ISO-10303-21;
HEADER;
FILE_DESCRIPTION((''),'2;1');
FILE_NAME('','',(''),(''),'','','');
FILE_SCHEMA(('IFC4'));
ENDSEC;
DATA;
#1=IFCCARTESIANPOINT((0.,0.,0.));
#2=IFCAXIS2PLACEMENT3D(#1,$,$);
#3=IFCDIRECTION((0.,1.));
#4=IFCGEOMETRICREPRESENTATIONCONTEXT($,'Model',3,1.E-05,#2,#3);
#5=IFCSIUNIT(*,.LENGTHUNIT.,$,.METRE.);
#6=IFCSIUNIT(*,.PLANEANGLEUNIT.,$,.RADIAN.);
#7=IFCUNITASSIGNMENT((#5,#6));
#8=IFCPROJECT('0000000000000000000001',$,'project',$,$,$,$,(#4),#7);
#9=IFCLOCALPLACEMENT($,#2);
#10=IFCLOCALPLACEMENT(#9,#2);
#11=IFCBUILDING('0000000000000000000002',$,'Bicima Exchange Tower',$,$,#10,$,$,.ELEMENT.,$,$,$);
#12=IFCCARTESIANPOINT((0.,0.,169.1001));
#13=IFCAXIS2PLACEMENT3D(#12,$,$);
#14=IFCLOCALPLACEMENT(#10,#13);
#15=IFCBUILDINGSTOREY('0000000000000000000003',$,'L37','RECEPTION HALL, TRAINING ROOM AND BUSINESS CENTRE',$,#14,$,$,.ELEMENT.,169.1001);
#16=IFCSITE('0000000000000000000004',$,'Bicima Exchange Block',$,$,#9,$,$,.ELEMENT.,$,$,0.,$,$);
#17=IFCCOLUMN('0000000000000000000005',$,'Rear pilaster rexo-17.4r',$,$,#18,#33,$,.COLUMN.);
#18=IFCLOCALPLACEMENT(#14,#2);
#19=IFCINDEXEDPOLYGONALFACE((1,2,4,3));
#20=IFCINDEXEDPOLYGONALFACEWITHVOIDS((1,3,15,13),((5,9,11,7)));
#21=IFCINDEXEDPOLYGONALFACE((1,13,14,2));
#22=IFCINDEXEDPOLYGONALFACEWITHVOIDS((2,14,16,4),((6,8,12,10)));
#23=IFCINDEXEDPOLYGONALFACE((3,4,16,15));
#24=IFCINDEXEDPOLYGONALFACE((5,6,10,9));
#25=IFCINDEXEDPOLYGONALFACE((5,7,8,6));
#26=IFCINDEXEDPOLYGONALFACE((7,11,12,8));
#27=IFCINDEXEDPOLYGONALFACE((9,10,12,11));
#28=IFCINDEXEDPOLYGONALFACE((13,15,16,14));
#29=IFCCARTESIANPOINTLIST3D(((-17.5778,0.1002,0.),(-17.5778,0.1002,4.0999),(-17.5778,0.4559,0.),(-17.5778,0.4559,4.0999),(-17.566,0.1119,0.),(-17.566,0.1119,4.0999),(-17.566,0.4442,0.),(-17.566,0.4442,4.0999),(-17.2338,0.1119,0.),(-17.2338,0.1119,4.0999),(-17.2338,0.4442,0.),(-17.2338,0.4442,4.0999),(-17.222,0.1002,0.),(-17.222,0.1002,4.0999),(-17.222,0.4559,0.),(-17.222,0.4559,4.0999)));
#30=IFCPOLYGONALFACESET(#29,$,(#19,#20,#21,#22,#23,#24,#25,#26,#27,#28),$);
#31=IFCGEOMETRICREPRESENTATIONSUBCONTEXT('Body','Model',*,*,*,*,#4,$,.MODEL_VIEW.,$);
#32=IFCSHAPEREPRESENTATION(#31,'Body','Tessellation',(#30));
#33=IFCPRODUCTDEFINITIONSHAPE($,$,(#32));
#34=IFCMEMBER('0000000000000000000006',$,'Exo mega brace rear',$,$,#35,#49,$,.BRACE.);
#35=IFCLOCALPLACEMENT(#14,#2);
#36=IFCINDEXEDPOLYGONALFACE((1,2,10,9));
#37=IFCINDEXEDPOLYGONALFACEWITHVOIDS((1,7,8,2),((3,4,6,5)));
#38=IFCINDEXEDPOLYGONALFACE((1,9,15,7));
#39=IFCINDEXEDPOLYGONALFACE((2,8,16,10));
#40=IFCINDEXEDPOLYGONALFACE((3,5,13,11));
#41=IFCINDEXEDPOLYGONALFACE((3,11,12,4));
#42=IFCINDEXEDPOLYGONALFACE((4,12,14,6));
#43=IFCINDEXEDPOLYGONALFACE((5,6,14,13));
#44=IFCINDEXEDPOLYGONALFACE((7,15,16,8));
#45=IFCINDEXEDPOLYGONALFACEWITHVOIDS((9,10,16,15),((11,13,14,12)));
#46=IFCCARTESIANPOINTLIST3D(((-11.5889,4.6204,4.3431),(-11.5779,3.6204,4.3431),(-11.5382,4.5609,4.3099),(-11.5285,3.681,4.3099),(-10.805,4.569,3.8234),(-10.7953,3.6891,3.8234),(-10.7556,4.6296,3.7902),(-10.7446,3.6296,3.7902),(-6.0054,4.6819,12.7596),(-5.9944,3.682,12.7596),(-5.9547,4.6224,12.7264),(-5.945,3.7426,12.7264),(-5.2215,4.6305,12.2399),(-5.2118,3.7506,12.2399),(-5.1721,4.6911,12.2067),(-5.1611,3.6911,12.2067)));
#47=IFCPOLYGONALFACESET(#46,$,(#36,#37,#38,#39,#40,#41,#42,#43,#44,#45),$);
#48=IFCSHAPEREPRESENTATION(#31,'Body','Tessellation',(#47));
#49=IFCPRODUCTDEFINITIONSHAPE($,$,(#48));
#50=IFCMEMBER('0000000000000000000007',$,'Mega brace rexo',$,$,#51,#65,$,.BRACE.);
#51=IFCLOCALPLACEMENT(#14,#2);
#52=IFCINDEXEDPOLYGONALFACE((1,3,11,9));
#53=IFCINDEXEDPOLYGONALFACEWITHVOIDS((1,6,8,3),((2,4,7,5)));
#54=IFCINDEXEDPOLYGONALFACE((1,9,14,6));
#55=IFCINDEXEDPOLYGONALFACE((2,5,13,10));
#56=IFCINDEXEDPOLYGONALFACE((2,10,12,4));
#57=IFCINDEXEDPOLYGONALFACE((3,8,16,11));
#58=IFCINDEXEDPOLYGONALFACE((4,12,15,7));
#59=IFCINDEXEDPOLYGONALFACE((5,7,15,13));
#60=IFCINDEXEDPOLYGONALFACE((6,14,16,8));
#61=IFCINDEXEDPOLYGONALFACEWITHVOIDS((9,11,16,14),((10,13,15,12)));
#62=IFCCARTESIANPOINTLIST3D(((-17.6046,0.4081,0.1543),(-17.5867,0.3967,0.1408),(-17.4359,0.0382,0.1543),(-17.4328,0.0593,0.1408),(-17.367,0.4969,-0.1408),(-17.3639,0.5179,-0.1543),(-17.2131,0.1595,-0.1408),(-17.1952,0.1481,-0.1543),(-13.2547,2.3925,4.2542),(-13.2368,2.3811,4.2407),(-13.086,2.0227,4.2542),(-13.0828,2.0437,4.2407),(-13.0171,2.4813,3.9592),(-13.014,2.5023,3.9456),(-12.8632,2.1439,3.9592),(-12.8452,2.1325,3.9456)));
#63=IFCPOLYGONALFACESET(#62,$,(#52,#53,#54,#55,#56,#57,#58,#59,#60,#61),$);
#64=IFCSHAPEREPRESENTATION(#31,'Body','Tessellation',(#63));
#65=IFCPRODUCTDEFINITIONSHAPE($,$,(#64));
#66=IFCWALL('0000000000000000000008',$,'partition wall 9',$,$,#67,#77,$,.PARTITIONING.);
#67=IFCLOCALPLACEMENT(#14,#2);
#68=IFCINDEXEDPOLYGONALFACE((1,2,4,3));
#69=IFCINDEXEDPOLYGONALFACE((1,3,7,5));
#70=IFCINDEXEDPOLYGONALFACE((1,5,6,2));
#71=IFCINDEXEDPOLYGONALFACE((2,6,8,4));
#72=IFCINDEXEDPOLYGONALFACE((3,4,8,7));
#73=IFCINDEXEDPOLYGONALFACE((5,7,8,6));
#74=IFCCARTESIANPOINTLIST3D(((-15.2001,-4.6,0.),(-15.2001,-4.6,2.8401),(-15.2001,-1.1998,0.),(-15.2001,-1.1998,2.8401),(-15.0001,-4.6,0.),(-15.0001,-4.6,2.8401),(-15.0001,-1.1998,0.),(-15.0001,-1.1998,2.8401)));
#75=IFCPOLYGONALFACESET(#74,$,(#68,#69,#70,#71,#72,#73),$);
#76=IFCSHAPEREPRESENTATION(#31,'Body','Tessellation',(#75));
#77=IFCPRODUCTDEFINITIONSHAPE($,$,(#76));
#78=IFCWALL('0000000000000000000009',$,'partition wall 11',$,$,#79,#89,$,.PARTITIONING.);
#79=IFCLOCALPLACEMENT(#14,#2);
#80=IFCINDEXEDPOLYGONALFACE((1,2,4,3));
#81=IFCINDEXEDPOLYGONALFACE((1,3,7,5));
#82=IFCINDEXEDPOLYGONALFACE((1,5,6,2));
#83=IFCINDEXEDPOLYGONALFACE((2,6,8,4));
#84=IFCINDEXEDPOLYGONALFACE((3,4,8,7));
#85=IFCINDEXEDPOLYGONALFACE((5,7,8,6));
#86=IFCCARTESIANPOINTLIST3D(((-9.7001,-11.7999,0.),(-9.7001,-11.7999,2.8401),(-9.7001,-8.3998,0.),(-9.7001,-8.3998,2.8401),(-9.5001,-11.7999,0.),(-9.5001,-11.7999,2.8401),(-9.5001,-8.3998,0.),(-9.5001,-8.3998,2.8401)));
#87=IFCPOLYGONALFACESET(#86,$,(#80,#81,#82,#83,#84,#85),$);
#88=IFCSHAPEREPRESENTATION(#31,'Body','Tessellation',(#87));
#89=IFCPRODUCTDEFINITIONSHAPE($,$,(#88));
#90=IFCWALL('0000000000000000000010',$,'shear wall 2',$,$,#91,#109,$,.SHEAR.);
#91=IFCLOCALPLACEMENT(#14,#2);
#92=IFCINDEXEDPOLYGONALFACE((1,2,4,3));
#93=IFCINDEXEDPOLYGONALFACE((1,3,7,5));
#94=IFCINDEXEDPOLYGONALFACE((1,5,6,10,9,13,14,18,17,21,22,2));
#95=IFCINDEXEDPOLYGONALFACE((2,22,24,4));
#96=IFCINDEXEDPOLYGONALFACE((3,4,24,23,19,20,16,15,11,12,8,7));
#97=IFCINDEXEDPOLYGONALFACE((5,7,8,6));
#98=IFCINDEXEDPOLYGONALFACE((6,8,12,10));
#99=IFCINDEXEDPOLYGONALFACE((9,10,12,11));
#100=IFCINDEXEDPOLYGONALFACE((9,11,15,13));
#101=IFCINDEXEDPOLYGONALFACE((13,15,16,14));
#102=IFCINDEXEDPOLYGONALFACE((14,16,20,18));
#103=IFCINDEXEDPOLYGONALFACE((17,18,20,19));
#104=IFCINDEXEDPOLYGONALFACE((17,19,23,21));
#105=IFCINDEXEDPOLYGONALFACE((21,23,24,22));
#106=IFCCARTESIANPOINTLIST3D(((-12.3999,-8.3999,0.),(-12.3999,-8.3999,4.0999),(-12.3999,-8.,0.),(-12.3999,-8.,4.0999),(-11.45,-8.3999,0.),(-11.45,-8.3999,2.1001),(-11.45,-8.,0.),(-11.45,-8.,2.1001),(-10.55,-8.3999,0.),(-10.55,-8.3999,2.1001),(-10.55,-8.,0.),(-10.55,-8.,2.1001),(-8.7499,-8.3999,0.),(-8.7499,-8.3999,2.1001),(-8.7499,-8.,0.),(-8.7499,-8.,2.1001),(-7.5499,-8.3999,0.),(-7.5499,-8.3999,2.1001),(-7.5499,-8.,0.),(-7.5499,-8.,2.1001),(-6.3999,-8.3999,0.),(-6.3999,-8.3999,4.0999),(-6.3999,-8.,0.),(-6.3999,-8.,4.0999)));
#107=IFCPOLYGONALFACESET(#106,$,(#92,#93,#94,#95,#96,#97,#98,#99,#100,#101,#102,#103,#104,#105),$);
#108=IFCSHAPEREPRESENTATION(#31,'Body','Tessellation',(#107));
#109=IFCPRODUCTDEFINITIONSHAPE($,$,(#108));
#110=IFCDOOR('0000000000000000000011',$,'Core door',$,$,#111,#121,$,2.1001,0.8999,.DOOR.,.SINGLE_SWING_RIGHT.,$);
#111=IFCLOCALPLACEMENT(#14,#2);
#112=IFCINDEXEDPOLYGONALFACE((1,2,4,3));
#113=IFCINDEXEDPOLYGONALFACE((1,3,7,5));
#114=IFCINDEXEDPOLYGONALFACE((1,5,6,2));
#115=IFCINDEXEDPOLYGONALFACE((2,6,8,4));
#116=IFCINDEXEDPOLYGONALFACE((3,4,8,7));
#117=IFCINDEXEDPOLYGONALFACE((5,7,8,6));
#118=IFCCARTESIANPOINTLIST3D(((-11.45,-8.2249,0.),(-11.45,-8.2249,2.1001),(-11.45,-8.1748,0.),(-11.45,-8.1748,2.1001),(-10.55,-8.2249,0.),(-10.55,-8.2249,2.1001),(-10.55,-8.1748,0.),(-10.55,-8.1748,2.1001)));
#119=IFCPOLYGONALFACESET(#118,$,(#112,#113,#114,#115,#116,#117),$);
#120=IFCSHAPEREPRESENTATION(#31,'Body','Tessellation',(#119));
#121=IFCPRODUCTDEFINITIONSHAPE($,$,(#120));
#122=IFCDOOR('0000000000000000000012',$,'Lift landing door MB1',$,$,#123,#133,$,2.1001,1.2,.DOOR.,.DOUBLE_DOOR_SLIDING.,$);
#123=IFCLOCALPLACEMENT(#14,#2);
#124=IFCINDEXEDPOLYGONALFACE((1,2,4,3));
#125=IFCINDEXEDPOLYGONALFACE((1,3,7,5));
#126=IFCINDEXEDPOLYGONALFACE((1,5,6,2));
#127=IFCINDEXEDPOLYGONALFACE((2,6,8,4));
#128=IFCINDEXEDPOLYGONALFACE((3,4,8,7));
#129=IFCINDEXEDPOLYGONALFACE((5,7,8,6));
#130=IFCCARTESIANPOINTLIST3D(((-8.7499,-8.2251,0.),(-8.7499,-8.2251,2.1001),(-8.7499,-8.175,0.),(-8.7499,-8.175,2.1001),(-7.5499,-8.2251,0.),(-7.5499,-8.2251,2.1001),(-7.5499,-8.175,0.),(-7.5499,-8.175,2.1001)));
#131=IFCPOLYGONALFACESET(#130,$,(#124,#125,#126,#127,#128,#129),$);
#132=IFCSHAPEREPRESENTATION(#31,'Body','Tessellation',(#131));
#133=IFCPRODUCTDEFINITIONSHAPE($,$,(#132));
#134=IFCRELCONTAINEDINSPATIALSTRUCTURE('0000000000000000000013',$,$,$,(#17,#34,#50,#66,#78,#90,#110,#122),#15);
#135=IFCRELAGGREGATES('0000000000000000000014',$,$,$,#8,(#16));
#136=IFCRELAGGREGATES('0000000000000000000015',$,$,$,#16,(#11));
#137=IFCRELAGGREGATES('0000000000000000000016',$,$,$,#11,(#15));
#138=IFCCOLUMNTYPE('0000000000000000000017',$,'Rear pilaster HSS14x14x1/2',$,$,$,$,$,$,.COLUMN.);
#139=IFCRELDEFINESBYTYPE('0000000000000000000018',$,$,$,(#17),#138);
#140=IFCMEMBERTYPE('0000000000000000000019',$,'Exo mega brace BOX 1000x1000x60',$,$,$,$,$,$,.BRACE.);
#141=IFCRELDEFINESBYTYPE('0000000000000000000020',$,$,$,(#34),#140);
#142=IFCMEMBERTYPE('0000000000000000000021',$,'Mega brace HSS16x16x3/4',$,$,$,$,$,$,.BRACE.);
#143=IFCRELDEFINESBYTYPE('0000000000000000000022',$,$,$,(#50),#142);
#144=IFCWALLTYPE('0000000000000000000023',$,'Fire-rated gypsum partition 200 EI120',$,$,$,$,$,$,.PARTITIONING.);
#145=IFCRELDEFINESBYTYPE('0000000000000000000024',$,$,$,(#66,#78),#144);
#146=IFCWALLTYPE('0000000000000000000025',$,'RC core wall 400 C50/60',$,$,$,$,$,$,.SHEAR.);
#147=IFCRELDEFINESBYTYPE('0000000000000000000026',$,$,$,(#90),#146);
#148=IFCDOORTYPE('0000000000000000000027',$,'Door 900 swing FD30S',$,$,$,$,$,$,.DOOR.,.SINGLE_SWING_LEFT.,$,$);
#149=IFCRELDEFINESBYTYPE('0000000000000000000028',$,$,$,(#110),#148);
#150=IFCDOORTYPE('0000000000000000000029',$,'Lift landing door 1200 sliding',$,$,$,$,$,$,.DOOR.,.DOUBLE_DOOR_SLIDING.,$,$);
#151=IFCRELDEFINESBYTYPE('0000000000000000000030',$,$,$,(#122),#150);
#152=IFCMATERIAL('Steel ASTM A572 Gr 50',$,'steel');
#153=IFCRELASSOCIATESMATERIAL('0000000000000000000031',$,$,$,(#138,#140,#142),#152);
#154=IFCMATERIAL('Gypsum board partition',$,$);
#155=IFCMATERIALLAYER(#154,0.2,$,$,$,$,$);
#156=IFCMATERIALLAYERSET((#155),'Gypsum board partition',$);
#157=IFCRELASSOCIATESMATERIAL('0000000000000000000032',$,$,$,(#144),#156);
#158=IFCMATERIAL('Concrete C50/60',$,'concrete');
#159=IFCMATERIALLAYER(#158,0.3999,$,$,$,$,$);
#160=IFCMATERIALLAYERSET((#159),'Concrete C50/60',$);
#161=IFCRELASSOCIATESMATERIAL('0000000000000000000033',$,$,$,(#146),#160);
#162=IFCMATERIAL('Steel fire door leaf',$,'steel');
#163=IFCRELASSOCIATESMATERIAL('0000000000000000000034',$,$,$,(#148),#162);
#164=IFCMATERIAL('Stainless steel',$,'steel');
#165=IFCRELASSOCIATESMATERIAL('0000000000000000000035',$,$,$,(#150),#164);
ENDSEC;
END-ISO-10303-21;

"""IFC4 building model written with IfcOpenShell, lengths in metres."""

from ifc_helpers import new_model, si_unit, direction, frame, frame_2d, origin, origin_2d, place, context, subcontext, project, spatial, rectangle, hollow_rectangle, extrude, material, layer, layer_set, material_profile, profile_set, type_object, element, fill, save


model = new_model("IFC4")

# Units and contexts
model_context = context("Model", 3, precision=1e-05, world=origin(), true_north=direction((0.0, 1.0)))
body_context = subcontext(model_context, "Body", "Model", "MODEL_VIEW")
ifc_project = project(units=[si_unit("LENGTHUNIT", "METRE"), si_unit("PLANEANGLEUNIT", "RADIAN")], contexts=[model_context])

# Site, building, storey
site_placement = place(None, origin())
site = spatial("IfcSite", under=ifc_project, at=site_placement, Name="Bicima Exchange Block", CompositionType="ELEMENT", RefElevation=0.0)
building_placement = place(site_placement, origin())
building = spatial("IfcBuilding", under=site, at=building_placement, Name="Bicima Exchange Tower", CompositionType="ELEMENT")
storey_placement = place(building_placement, frame((0.0, 0.0, 169.1001)))
storey = spatial("IfcBuildingStorey", under=building, at=storey_placement, Name="L37", Description="RECEPTION HALL, TRAINING ROOM AND BUSINESS CENTRE", CompositionType="ELEMENT", Elevation=169.1001)

# Column
ifc_material_1 = material(Name="Steel ASTM A572 Gr 50", Category="steel")
ifc_material_profile_1 = material_profile(ifc_material_1, hollow_rectangle(XDim=0.3557, YDim=0.3557, WallThickness=0.0117, at=origin_2d()))
ifc_profile_set_1 = profile_set([ifc_material_profile_1], Name="Steel ASTM A572 Gr 50")
column_type = type_object("IfcColumnType", Name="Rear pilaster HSS14x14x1/2", PredefinedType="COLUMN", material=ifc_profile_set_1)
column_placement = place(storey_placement, frame((-17.3999, 0.2781, 0.0), z_axis=(0.0, 0.0, 1.0), x_axis=(1.0, 0.0, 0.0)))
element("IfcColumn", 1, at=column_placement, inside=storey, type_object=column_type, Name="Rear pilaster rexo-17.4r", PredefinedType="COLUMN", context=body_context, shape_type="SweptSolid", body=[
    extrude(hollow_rectangle(XDim=0.3557, YDim=0.3557, WallThickness=0.0117, at=origin_2d()), origin(), (0.0, 0.0, 1.0), 4.0999),
])

# Members
ifc_material_profile_2 = material_profile(ifc_material_1, hollow_rectangle(XDim=1.0, YDim=1.0, WallThickness=0.0601, at=origin_2d()))
ifc_profile_set_2 = profile_set([ifc_material_profile_2], Name="Steel ASTM A572 Gr 50")
member_type_1 = type_object("IfcMemberType", Name="Exo mega brace BOX 1000x1000x60", PredefinedType="BRACE", material=ifc_profile_set_2)
member_1_placement = place(storey_placement, frame((-11.1667, 4.125, 4.0667), z_axis=(0.552803, 0.006091, 0.83329), x_axis=(-0.011018, 0.999939, 0.0)))
element("IfcMember", 2, at=member_1_placement, inside=storey, type_object=member_type_1, Name="Exo mega brace rear", PredefinedType="BRACE", context=body_context, shape_type="SweptSolid", body=[
    extrude(hollow_rectangle(XDim=1.0, YDim=1.0, WallThickness=0.0601, at=origin_2d()), origin(), (0.0, 0.0, 1.0), 10.1003),
])
ifc_material_profile_3 = material_profile(ifc_material_1, hollow_rectangle(XDim=0.4065, YDim=0.4065, WallThickness=0.0178, at=origin_2d()))
ifc_profile_set_3 = profile_set([ifc_material_profile_3], Name="Steel ASTM A572 Gr 50")
member_type_2 = type_object("IfcMemberType", Name="Mega brace HSS16x16x3/4", PredefinedType="BRACE", material=ifc_profile_set_3)
member_2_placement = place(storey_placement, frame((-17.3999, 0.2781, 0.0), z_axis=(0.690646, 0.315068, 0.650953), x_axis=(-0.415045, 0.909801, 0.0)))
element("IfcMember", 3, at=member_2_placement, inside=storey, type_object=member_type_2, Name="Mega brace rexo", PredefinedType="BRACE", context=body_context, shape_type="SweptSolid", body=[
    extrude(hollow_rectangle(XDim=0.4065, YDim=0.4065, WallThickness=0.0178, at=origin_2d()), origin(), (0.0, 0.0, 1.0), 6.2983),
])

# Walls
ifc_material_2 = material(Name="Gypsum board partition")
ifc_layer_1 = layer(ifc_material_2, 0.2)
ifc_layer_set_1 = layer_set([ifc_layer_1], Name="Gypsum board partition")
wall_type_1 = type_object("IfcWallType", Name="Fire-rated gypsum partition 200 EI120", PredefinedType="PARTITIONING", material=ifc_layer_set_1)
for number, where, z_axis, x_axis, name in (
    (4, (-15.1001, -4.6001, 0.0), (0.0, 0.0, 1.0), (0.0, 1.0, 0.0), "partition wall 9"),
    (5, (-9.6001, -11.8, 0.0), (0.0, 0.0, 1.0), (0.0, 1.0, 0.0), "partition wall 11"),
):
    element("IfcWall", number, at=place(storey_placement, frame(where, z_axis=z_axis, x_axis=x_axis)), inside=storey, type_object=wall_type_1, Name=name, PredefinedType="PARTITIONING", context=body_context, shape_type="SweptSolid", body=[
        extrude(rectangle(XDim=3.4001, YDim=0.2, at=frame_2d((1.7002, 0.0))), origin(), (0.0, 0.0, 1.0), 2.8401),
    ])

# Wall, openings, doors
ifc_material_3 = material(Name="Concrete C50/60", Category="concrete")
ifc_layer_2 = layer(ifc_material_3, 0.3999)
ifc_layer_set_2 = layer_set([ifc_layer_2], Name="Concrete C50/60")
wall_type_2 = type_object("IfcWallType", Name="RC core wall 400 C50/60", PredefinedType="SHEAR", material=ifc_layer_set_2)
wall_1_placement = place(storey_placement, frame((-12.3999, -8.2, 0.0), z_axis=(0.0, 0.0, 1.0), x_axis=(1.0, 0.0, 0.0)))
wall_1 = element("IfcWall", 6, at=wall_1_placement, inside=storey, type_object=wall_type_2, Name="shear wall 2", PredefinedType="SHEAR", context=body_context, shape_type="SweptSolid", body=[
    extrude(rectangle(XDim=6.0, YDim=0.3999, at=frame_2d((3.0, 0.0))), origin(), (0.0, 0.0, 1.0), 4.0999),
])
opening_1_placement = place(wall_1_placement, frame((3.6499, 0.0, 0.0)))
opening_1 = element("IfcOpeningElement", 7, at=opening_1_placement, cuts=wall_1, PredefinedType="OPENING", context=body_context, shape_type="SweptSolid", body=[
    extrude(rectangle(XDim=1.2, YDim=2.1001, at=frame_2d((0.6001, 1.05))), frame((0.0, 0.2119, 0.0), z_axis=(0.0, -1.0, 0.0), x_axis=(1.0, 0.0, 0.0)), (0.0, 0.0, 1.0), 0.4238),
])
opening_2_placement = place(wall_1_placement, frame((0.95, 0.0, 0.0)))
opening_2 = element("IfcOpeningElement", 8, at=opening_2_placement, cuts=wall_1, PredefinedType="OPENING", context=body_context, shape_type="SweptSolid", body=[
    extrude(rectangle(XDim=0.8999, YDim=2.1001, at=frame_2d((0.45, 1.05))), frame((0.0, 0.2119, 0.0), z_axis=(0.0, -1.0, 0.0), x_axis=(1.0, 0.0, 0.0)), (0.0, 0.0, 1.0), 0.4238),
])
ifc_material_4 = material(Name="Steel fire door leaf", Category="steel")
door_type_1 = type_object("IfcDoorType", Name="Door 900 swing FD30S", OperationType="SINGLE_SWING_LEFT", PredefinedType="DOOR", material=ifc_material_4)
door_1_placement = place(opening_2_placement, frame((0.8999, 0.0, 0.0), z_axis=(0.0, 0.0, 1.0), x_axis=(-1.0, 0.0, 0.0)))
door_1 = element("IfcDoor", 9, at=door_1_placement, inside=storey, type_object=door_type_1, Name="Core door", OperationType="SINGLE_SWING_RIGHT", OverallHeight=2.1001, OverallWidth=0.8999, PredefinedType="DOOR", context=body_context, shape_type="SweptSolid", body=[
    extrude(rectangle(XDim=0.8999, YDim=2.1001, at=frame_2d((0.45, 1.05))), frame((0.0, 0.0249, 0.0), z_axis=(0.0, -1.0, 0.0), x_axis=(1.0, 0.0, 0.0)), (0.0, 0.0, 1.0), 0.05),
])
fill(opening_2, door_1)
ifc_material_5 = material(Name="Stainless steel", Category="steel")
door_type_2 = type_object("IfcDoorType", Name="Lift landing door 1200 sliding", OperationType="DOUBLE_DOOR_SLIDING", PredefinedType="DOOR", material=ifc_material_5)
door_2_placement = place(opening_1_placement, origin())
door_2 = element("IfcDoor", 10, at=door_2_placement, inside=storey, type_object=door_type_2, Name="Lift landing door MB1", OperationType="DOUBLE_DOOR_SLIDING", OverallHeight=2.1001, OverallWidth=1.2, PredefinedType="DOOR", context=body_context, shape_type="SweptSolid", body=[
    extrude(rectangle(XDim=1.2, YDim=2.1001, at=frame_2d((0.6001, 1.05))), frame((0.0, 0.0249, 0.0), z_axis=(0.0, -1.0, 0.0), x_axis=(1.0, 0.0, 0.0)), (0.0, 0.0, 1.0), 0.05),
])
fill(opening_1, door_2)

save(model, "model.ifc")
